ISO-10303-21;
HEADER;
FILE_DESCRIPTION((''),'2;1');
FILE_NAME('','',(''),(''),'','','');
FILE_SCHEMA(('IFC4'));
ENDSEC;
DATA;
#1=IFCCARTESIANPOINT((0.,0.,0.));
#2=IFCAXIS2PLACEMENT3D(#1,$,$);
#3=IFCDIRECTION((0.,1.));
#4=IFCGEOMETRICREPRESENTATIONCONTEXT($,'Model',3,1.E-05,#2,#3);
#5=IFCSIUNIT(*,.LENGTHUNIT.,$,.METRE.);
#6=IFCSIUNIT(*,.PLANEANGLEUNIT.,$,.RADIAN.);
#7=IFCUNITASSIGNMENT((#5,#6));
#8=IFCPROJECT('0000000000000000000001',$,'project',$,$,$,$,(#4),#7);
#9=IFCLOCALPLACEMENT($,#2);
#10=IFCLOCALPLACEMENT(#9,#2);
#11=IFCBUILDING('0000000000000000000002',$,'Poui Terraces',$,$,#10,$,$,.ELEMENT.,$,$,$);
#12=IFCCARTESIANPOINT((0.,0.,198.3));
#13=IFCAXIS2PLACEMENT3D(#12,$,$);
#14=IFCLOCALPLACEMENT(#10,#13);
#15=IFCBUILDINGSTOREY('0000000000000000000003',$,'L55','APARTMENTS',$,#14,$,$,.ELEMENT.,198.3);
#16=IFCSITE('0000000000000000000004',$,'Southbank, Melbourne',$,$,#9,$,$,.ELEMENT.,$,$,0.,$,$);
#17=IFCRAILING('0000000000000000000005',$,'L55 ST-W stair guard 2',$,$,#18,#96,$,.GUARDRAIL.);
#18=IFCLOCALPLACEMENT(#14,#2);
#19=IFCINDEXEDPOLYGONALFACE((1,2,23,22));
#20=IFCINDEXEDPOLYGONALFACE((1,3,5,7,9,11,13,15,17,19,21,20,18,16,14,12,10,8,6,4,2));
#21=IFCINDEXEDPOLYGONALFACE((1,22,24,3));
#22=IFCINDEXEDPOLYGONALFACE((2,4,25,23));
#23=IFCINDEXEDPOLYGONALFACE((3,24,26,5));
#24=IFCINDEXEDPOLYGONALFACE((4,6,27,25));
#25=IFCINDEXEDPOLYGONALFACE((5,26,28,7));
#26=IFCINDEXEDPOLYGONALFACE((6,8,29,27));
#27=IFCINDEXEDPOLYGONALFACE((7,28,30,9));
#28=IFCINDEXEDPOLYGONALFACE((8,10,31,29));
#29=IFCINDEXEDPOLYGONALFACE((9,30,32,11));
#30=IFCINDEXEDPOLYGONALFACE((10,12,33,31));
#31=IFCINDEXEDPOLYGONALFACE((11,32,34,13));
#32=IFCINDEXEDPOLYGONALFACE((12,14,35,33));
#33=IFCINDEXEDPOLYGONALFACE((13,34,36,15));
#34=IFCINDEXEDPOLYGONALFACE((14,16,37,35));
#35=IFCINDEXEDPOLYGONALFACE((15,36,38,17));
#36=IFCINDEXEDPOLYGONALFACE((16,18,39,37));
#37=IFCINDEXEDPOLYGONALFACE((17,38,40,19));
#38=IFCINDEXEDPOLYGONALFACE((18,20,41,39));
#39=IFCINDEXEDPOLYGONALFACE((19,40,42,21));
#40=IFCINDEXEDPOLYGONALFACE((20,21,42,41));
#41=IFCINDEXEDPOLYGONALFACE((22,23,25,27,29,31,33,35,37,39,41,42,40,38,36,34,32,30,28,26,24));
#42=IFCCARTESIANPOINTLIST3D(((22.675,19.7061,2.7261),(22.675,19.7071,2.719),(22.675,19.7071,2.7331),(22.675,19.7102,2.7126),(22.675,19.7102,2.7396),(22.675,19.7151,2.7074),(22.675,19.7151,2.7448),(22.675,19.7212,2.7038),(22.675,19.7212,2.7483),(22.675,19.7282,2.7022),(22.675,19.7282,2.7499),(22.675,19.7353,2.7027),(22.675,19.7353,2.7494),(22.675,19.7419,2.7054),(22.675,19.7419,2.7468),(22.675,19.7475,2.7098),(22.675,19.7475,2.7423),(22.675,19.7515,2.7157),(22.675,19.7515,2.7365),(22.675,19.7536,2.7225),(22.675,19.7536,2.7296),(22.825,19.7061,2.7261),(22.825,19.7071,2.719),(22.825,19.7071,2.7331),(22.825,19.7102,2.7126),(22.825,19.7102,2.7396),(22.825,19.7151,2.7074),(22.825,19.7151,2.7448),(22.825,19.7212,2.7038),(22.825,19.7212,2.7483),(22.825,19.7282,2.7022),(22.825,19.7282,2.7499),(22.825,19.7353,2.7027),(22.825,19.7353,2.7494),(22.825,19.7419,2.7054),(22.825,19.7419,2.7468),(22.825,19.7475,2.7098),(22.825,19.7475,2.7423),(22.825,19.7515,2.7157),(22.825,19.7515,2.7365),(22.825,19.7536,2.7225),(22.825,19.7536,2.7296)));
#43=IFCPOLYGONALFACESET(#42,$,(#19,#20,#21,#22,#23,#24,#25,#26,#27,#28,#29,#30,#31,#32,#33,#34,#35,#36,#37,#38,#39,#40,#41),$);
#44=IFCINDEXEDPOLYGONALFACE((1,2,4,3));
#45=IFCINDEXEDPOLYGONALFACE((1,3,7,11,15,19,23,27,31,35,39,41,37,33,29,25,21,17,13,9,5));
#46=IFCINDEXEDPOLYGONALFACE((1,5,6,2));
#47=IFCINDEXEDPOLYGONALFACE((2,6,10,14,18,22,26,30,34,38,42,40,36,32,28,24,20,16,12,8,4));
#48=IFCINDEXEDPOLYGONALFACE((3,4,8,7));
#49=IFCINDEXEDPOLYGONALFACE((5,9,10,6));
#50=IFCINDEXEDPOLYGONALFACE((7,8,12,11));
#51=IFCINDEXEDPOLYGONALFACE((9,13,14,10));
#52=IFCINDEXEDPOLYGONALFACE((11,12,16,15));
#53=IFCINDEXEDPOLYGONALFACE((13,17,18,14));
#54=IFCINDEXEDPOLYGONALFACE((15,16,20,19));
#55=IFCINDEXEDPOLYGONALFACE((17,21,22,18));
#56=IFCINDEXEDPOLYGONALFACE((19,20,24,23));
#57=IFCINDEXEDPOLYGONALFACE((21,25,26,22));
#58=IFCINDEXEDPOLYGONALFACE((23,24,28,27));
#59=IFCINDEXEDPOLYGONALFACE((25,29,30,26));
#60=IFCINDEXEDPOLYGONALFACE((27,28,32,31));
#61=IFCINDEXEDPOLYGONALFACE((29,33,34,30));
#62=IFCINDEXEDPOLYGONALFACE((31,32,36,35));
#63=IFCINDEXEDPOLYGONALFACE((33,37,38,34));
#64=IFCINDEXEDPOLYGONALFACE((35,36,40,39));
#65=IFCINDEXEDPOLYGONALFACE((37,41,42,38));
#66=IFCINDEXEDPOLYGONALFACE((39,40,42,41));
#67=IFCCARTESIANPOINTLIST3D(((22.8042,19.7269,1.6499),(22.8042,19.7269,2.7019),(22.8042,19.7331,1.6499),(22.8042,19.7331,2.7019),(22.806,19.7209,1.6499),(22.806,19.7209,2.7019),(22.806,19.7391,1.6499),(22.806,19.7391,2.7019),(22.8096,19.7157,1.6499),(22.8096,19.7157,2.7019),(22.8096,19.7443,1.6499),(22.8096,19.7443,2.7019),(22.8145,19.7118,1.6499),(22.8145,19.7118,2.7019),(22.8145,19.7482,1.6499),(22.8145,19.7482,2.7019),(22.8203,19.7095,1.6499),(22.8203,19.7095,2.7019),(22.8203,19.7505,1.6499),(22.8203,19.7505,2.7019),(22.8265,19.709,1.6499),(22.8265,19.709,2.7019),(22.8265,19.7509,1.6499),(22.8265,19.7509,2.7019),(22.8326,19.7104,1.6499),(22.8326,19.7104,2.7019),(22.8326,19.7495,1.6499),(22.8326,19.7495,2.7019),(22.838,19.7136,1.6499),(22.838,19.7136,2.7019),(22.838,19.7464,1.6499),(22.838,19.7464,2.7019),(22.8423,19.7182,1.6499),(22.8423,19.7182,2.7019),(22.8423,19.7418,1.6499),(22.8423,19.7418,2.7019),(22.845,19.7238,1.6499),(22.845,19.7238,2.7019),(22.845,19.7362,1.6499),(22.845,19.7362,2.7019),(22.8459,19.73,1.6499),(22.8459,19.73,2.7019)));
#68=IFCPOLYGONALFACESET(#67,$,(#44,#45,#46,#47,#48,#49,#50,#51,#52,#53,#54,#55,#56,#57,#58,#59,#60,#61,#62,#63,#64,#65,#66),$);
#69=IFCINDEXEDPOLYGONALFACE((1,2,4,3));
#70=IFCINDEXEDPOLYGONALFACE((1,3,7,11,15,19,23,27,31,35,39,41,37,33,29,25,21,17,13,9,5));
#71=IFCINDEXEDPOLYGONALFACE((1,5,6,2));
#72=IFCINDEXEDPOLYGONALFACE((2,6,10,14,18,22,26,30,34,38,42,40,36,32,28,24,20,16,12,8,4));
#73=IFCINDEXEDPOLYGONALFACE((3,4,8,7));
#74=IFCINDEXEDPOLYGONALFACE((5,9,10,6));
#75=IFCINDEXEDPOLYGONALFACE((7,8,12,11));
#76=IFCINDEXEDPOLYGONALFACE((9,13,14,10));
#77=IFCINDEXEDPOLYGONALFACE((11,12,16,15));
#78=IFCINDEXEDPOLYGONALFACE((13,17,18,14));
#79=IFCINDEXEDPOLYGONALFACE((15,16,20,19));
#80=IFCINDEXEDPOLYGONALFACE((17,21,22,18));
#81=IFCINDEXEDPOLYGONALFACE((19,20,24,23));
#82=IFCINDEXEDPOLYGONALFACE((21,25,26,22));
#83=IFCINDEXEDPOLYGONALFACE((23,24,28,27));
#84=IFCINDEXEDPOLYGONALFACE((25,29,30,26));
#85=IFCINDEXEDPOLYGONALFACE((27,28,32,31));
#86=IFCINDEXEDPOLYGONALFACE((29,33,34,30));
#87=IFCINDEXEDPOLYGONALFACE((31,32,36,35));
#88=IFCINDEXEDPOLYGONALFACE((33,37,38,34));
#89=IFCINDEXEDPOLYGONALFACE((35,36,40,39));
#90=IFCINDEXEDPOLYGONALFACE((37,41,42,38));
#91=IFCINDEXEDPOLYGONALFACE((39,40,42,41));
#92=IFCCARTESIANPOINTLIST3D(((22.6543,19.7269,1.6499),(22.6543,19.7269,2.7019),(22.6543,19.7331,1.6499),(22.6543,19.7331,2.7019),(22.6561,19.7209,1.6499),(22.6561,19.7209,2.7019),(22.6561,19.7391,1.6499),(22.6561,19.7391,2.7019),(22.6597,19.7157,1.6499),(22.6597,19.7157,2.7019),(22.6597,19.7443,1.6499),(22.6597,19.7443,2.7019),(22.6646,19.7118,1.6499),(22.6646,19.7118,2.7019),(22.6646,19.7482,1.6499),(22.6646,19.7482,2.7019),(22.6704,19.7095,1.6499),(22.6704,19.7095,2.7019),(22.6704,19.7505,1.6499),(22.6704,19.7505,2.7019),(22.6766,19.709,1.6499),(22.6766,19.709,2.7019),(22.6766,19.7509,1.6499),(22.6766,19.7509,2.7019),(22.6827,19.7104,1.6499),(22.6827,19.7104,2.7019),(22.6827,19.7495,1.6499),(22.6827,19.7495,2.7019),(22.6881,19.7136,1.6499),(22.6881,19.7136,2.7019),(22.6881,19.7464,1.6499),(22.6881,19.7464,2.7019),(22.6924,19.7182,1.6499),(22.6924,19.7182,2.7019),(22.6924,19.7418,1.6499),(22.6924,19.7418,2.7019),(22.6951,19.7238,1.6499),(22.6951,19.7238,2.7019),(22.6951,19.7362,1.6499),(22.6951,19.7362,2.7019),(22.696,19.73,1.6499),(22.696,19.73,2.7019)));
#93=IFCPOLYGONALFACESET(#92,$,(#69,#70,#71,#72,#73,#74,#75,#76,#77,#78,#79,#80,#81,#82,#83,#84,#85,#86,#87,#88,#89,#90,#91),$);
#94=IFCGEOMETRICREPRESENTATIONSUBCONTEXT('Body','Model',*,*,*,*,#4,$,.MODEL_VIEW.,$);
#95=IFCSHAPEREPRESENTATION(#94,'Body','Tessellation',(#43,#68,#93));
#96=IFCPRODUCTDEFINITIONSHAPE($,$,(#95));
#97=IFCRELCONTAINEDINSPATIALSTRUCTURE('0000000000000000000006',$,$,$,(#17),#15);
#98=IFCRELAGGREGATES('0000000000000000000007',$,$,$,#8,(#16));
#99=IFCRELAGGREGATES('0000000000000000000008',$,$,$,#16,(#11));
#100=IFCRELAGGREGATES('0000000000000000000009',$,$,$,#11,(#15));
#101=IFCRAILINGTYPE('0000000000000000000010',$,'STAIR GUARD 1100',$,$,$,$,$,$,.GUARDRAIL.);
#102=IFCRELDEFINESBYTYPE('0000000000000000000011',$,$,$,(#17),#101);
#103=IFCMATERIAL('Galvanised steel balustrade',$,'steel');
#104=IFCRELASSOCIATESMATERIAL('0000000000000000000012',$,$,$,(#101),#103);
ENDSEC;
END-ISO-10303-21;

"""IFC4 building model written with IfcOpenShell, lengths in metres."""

from ifc_helpers import new_model, si_unit, direction, frame, origin, origin_2d, place, context, subcontext, project, spatial, circle, extrude, material, type_object, element, save


model = new_model("IFC4")

# Units and contexts
model_context = context("Model", 3, precision=1e-05, world=origin(), true_north=direction((0.0, 1.0)))
body_context = subcontext(model_context, "Body", "Model", "MODEL_VIEW")
ifc_project = project(units=[si_unit("LENGTHUNIT", "METRE"), si_unit("PLANEANGLEUNIT", "RADIAN")], contexts=[model_context])

# Site, building, storey
site_placement = place(None, origin())
site = spatial("IfcSite", under=ifc_project, at=site_placement, Name="Southbank, Melbourne", CompositionType="ELEMENT", RefElevation=0.0)
building_placement = place(site_placement, origin())
building = spatial("IfcBuilding", under=site, at=building_placement, Name="Poui Terraces", CompositionType="ELEMENT")
storey_placement = place(building_placement, frame((0.0, 0.0, 198.3)))
storey = spatial("IfcBuildingStorey", under=building, at=storey_placement, Name="L55", Description="APARTMENTS", CompositionType="ELEMENT", Elevation=198.3)

# Railing
ifc_material_1 = material(Name="Galvanised steel balustrade", Category="steel")
railing_type_1 = type_object("IfcRailingType", Name="STAIR GUARD 1100", PredefinedType="GUARDRAIL", material=ifc_material_1)
railing_1_placement = place(storey_placement, frame((22.825, 19.73, 1.6499)))
element("IfcRailing", 1, at=railing_1_placement, inside=storey, type_object=railing_type_1, Name="L55 ST-W stair guard 2", PredefinedType="GUARDRAIL", context=body_context, shape_type="SweptSolid", body=[
    extrude(circle(Radius=0.0239, at=origin_2d()), frame((0.0, 0.0, 1.0762), z_axis=(-1.0, 0.0, 0.0), x_axis=(0.0, -1.0, 0.0)), (0.0, 0.0, 1.0), 0.1499),
    extrude(circle(Radius=0.021, at=origin_2d()), origin(), (0.0, 0.0, 1.0), 1.052),
    extrude(circle(Radius=0.021, at=origin_2d()), frame((-0.1499, 0.0, 0.0)), (0.0, 0.0, 1.0), 1.052),
])

save(model, "model.ifc")
